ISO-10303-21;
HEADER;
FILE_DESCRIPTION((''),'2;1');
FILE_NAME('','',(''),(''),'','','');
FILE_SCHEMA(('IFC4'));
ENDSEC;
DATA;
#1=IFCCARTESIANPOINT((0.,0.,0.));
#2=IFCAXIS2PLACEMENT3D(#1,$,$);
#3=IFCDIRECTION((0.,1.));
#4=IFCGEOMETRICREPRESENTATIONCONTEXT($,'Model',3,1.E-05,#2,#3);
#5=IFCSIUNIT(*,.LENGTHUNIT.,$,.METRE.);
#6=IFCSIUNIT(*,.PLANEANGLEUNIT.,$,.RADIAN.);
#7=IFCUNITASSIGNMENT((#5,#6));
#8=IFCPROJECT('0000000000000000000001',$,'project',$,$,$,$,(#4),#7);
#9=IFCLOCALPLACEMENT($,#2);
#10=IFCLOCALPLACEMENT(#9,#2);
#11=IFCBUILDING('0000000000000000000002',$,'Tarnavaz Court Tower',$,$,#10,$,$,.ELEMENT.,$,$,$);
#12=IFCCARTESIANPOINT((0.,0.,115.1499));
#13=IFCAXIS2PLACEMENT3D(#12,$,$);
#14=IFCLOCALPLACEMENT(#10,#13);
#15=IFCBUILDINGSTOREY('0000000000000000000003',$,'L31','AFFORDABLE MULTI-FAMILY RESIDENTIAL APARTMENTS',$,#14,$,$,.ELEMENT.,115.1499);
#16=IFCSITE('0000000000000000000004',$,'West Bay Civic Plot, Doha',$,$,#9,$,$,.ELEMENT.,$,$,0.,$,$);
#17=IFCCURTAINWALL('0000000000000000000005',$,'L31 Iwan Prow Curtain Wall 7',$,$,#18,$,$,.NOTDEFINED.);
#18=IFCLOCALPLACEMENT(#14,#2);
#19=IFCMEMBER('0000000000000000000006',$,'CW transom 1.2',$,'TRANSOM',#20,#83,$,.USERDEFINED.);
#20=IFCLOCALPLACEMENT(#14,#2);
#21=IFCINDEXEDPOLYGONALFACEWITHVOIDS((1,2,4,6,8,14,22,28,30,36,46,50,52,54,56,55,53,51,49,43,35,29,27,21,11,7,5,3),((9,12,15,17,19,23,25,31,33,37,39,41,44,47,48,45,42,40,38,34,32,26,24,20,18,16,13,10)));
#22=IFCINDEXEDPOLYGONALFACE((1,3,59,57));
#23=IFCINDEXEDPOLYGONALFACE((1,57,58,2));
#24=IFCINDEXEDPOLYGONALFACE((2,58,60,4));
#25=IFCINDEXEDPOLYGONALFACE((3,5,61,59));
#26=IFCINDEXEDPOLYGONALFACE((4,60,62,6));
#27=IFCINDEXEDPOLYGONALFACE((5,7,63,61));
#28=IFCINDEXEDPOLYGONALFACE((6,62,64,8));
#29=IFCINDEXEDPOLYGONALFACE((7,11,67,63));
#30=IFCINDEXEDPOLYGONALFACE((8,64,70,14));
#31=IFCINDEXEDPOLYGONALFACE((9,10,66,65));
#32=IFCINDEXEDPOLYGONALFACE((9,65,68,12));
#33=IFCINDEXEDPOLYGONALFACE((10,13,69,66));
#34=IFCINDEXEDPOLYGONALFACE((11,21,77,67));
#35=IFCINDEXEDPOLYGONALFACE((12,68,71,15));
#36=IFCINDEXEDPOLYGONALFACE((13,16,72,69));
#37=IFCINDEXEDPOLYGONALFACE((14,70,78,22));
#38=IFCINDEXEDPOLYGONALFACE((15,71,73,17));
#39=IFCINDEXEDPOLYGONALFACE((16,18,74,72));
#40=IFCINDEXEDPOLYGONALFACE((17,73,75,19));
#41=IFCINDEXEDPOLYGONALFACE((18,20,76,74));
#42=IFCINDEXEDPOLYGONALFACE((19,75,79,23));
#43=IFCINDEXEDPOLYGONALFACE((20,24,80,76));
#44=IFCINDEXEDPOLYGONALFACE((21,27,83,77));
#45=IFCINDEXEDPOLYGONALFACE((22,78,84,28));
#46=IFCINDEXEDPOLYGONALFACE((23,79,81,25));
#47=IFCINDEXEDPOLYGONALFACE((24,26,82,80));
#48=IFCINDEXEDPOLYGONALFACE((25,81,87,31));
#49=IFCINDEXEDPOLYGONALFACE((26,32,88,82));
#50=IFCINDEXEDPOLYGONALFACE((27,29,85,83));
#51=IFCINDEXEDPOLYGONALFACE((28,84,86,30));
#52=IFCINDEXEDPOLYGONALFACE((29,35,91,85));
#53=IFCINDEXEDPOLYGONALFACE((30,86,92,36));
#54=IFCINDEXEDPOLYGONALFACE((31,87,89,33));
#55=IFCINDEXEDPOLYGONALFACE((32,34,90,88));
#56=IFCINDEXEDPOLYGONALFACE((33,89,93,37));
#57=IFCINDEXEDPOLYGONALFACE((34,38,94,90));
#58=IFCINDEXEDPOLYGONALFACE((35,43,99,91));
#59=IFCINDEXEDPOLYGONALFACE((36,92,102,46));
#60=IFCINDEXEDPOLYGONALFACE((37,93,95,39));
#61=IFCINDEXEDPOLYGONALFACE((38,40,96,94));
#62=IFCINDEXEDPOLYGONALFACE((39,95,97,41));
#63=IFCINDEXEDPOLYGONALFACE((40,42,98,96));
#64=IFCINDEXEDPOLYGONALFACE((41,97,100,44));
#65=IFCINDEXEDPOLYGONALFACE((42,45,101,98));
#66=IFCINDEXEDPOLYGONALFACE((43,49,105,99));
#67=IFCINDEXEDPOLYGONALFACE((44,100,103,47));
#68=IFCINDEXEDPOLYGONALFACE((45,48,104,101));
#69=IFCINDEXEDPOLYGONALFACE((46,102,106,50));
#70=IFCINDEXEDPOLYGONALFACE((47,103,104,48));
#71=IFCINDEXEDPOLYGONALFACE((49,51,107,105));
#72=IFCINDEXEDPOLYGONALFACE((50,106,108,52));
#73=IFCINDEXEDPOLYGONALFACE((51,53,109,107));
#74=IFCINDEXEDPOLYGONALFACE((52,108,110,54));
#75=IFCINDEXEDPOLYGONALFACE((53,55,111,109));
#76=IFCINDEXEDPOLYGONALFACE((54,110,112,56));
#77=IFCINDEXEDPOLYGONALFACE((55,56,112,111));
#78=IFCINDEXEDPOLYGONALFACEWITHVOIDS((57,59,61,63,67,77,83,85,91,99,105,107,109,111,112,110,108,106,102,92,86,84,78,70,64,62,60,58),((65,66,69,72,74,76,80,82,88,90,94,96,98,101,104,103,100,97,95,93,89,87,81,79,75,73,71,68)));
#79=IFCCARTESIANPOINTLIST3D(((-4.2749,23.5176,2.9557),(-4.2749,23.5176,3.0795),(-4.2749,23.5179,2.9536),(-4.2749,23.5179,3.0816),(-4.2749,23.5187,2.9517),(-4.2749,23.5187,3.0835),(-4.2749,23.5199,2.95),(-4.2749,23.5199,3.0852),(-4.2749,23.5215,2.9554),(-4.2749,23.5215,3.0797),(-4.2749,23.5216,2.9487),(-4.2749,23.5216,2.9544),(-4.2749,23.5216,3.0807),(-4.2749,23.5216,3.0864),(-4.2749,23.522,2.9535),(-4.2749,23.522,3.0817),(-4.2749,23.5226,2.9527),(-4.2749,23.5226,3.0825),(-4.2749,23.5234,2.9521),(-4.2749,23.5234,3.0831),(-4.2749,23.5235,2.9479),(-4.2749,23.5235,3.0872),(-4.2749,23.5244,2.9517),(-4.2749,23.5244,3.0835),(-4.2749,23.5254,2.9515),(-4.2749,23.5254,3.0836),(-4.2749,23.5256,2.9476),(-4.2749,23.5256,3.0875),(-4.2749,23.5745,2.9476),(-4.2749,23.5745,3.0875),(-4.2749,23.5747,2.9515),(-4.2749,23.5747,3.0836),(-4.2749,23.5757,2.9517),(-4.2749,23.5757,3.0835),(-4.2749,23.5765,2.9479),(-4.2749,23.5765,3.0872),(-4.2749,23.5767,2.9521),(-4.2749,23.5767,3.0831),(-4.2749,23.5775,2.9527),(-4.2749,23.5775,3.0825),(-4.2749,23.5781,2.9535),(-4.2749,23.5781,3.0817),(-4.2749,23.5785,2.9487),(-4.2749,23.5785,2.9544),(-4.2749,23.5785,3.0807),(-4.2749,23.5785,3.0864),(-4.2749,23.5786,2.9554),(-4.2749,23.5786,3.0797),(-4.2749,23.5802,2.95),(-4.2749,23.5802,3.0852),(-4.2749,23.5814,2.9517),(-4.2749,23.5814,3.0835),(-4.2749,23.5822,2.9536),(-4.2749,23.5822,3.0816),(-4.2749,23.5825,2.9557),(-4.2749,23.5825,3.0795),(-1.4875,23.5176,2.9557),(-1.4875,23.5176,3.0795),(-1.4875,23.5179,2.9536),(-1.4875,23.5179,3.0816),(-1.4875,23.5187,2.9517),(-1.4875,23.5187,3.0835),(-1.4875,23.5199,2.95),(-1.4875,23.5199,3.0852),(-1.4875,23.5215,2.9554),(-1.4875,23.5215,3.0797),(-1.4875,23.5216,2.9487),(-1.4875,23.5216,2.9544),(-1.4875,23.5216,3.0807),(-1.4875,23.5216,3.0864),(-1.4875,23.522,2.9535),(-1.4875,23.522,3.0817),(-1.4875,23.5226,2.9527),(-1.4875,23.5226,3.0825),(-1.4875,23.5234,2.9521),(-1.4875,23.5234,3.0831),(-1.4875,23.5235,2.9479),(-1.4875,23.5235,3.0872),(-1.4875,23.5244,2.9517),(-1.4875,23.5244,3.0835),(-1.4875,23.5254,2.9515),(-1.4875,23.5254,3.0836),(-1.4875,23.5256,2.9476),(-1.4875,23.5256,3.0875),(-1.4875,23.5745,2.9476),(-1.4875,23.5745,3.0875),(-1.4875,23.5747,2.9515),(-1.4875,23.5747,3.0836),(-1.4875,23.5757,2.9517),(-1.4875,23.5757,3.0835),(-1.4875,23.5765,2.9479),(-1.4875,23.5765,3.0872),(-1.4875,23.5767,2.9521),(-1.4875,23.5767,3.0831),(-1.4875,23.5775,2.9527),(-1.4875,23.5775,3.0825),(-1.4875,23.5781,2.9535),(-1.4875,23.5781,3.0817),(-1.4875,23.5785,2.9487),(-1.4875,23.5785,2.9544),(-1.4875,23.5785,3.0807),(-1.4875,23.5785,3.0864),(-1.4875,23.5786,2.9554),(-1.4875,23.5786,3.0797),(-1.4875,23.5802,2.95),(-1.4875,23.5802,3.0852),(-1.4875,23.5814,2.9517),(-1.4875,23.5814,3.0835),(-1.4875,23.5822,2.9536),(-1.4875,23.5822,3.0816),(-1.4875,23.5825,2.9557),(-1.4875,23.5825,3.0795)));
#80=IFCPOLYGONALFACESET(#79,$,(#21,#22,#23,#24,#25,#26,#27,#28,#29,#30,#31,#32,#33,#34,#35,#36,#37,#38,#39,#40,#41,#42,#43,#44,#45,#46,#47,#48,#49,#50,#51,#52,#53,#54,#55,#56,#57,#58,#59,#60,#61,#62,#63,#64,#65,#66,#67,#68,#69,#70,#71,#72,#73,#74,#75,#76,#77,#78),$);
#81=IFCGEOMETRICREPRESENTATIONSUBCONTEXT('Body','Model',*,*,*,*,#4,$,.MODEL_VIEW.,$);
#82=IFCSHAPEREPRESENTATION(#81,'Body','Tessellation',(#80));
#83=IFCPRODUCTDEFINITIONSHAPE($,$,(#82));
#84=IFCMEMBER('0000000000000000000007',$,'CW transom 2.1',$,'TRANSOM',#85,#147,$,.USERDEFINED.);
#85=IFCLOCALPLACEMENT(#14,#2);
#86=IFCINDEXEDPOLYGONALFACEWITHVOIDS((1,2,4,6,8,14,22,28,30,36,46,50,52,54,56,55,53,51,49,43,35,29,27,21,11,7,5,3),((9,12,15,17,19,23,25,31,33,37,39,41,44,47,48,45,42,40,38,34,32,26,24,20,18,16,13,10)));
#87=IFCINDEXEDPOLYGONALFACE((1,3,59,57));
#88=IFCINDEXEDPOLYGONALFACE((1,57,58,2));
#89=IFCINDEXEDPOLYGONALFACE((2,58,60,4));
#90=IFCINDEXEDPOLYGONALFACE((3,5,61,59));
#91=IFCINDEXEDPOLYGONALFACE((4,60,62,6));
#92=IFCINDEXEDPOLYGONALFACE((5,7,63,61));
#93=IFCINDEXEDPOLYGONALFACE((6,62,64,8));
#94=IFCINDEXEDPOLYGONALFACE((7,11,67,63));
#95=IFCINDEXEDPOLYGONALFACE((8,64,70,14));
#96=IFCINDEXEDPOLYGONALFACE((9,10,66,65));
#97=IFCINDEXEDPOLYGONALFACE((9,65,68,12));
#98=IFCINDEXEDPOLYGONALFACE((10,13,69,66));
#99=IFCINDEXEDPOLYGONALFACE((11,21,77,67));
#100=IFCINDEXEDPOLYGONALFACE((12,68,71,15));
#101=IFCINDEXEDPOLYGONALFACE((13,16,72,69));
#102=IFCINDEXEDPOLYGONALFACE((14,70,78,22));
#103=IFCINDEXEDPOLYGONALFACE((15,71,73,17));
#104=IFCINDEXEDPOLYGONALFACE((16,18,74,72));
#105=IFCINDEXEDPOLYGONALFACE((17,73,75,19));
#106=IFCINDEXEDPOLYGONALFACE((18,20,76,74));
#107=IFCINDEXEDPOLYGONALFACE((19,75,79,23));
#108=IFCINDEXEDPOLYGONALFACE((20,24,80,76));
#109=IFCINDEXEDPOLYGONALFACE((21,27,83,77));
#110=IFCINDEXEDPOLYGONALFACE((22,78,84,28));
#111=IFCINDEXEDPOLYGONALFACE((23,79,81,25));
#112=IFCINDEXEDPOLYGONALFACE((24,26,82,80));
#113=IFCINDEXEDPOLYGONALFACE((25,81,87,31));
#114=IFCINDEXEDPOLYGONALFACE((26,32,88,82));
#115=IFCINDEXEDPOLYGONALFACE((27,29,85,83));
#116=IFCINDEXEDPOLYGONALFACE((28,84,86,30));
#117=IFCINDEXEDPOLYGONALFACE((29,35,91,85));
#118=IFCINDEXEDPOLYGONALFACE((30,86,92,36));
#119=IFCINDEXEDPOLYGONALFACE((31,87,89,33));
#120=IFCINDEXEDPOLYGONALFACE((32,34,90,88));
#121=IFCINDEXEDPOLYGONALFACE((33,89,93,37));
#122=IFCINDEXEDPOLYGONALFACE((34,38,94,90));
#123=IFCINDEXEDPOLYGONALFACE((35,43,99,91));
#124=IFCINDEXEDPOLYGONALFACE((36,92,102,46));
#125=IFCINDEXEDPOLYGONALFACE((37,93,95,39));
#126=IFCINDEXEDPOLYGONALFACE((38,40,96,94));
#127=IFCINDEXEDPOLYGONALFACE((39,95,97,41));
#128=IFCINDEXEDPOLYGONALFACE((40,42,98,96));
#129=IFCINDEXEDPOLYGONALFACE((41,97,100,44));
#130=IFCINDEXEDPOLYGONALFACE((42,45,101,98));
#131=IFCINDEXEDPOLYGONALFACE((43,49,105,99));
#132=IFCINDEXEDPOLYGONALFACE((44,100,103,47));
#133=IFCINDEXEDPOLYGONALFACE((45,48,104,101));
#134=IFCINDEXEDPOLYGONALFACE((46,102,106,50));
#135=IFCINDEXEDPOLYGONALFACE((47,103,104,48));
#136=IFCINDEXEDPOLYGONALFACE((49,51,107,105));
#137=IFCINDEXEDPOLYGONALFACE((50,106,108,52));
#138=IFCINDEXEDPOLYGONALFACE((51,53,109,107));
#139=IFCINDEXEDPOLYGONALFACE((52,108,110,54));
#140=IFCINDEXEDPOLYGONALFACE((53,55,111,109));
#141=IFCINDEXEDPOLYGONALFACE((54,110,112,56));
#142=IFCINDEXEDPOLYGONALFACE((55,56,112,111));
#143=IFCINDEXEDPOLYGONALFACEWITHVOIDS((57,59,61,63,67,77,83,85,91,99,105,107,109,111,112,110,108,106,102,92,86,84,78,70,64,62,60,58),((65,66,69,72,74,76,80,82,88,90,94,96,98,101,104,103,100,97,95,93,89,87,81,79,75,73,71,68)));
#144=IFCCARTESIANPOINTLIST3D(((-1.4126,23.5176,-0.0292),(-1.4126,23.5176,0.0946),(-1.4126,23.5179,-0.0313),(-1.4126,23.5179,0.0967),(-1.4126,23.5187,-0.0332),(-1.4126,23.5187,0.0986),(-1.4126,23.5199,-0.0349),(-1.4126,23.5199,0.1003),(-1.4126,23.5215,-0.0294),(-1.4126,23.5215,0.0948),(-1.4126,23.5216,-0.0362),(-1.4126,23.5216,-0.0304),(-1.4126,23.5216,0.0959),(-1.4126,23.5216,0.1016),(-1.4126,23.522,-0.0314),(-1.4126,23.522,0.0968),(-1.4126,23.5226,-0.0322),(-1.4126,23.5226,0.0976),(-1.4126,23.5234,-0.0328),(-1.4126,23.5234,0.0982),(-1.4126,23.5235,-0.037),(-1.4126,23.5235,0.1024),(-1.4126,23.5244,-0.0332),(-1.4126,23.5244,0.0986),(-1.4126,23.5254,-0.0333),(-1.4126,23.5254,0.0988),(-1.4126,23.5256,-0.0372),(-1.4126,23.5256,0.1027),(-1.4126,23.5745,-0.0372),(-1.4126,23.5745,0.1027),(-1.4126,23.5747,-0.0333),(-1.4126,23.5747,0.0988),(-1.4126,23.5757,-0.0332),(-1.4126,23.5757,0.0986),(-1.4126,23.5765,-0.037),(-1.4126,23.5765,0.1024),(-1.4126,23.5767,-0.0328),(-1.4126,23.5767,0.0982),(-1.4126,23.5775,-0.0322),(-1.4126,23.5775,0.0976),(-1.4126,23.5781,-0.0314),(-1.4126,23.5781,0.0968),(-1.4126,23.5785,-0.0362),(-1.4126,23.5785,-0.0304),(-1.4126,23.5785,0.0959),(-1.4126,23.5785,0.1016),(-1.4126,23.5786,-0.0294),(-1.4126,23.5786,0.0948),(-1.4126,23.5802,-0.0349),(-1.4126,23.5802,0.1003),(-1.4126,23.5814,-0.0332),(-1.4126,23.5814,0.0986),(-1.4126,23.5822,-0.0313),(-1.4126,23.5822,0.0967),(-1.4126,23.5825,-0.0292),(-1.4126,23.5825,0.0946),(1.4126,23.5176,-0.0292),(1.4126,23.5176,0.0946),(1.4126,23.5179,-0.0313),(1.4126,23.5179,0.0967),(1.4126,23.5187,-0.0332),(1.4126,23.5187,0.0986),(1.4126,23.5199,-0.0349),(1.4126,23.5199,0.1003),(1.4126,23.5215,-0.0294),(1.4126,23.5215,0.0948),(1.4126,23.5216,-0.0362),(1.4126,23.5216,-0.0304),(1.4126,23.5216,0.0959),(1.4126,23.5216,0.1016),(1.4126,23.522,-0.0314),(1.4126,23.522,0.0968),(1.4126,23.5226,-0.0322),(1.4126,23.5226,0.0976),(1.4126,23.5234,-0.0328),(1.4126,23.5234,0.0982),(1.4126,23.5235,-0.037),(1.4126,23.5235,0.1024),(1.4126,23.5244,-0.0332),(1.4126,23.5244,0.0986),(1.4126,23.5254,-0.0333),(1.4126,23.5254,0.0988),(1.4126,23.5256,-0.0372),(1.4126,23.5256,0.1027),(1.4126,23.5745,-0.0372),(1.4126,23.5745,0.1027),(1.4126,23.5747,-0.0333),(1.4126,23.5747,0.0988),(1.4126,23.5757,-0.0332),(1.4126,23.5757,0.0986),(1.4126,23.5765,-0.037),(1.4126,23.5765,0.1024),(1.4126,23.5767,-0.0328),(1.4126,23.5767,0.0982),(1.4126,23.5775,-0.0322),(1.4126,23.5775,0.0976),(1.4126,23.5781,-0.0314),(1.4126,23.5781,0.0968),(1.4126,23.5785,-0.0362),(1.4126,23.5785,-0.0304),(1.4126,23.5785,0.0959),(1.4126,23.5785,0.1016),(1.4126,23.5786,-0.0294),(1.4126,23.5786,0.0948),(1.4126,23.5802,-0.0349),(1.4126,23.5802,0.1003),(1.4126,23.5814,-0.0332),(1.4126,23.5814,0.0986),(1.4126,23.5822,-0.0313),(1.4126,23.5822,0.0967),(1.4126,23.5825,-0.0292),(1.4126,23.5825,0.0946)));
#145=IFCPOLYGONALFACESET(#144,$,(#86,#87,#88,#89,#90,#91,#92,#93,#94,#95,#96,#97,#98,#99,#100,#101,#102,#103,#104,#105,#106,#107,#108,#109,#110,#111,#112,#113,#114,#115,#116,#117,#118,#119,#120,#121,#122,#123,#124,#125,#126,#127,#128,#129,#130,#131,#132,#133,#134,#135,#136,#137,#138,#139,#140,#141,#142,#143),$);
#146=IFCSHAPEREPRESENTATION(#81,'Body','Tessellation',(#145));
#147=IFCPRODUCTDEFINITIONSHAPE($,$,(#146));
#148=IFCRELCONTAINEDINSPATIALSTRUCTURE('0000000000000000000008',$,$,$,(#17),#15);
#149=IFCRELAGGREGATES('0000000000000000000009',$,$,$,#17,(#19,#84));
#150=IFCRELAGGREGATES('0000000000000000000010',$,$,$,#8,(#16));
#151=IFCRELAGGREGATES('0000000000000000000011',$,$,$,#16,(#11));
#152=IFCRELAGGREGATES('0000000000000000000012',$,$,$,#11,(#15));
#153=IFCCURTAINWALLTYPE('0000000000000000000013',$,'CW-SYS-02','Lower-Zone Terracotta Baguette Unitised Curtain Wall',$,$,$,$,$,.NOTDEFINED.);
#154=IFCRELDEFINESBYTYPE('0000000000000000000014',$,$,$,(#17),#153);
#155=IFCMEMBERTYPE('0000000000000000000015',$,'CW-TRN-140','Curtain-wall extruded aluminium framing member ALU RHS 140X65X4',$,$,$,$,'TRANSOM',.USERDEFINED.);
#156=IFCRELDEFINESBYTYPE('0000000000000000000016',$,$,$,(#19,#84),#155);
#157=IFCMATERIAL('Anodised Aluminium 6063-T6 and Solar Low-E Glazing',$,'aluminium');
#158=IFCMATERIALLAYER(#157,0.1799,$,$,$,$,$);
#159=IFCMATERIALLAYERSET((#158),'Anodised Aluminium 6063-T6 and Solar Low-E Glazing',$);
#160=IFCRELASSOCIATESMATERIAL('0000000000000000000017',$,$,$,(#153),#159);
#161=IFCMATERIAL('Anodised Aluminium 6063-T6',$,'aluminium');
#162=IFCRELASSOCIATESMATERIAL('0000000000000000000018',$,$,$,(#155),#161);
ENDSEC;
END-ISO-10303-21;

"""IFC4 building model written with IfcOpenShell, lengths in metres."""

from ifc_helpers import new_model, si_unit, direction, frame, origin, origin_2d, place, context, subcontext, project, spatial, hollow_rectangle, extrude, material, layer, layer_set, material_profile, profile_set, type_object, element, aggregate, save


model = new_model("IFC4")

# Units and contexts
model_context = context("Model", 3, precision=1e-05, world=origin(), true_north=direction((0.0, 1.0)))
body_context = subcontext(model_context, "Body", "Model", "MODEL_VIEW")
ifc_project = project(units=[si_unit("LENGTHUNIT", "METRE"), si_unit("PLANEANGLEUNIT", "RADIAN")], contexts=[model_context])

# Site, building, storey
site_placement = place(None, origin())
site = spatial("IfcSite", under=ifc_project, at=site_placement, Name="West Bay Civic Plot, Doha", CompositionType="ELEMENT", RefElevation=0.0)
building_placement = place(site_placement, origin())
building = spatial("IfcBuilding", under=site, at=building_placement, Name="Tarnavaz Court Tower", CompositionType="ELEMENT")
storey_placement = place(building_placement, frame((0.0, 0.0, 115.1499)))
storey = spatial("IfcBuildingStorey", under=building, at=storey_placement, Name="L31", Description="AFFORDABLE MULTI-FAMILY RESIDENTIAL APARTMENTS", CompositionType="ELEMENT", Elevation=115.1499)

# Curtain wall, members
ifc_material_1 = material(Name="Anodised Aluminium 6063-T6 and Solar Low-E Glazing", Category="aluminium")
ifc_layer_1 = layer(ifc_material_1, 0.1799)
ifc_layer_set_1 = layer_set([ifc_layer_1], Name="Anodised Aluminium 6063-T6 and Solar Low-E Glazing")
curtain_wall_type = type_object("IfcCurtainWallType", Name="CW-SYS-02", Description="Lower-Zone Terracotta Baguette Unitised Curtain Wall", PredefinedType="NOTDEFINED", material=ifc_layer_set_1)
curtain_wall_placement = place(storey_placement, origin())
curtain_wall = element("IfcCurtainWall", 1, at=curtain_wall_placement, inside=storey, type_object=curtain_wall_type, Name="L31 Iwan Prow Curtain Wall 7", PredefinedType="NOTDEFINED")
ifc_material_2 = material(Name="Anodised Aluminium 6063-T6", Category="aluminium")
ifc_material_profile_1 = material_profile(ifc_material_2, hollow_rectangle(XDim=0.0649, YDim=0.1399, WallThickness=0.0039, InnerFilletRadius=0.0039, OuterFilletRadius=0.0081, at=origin_2d()), Name="ALU RHS 140X65X4")
ifc_profile_set_1 = profile_set([ifc_material_profile_1], Name="Anodised Aluminium 6063-T6")
member_type_1 = type_object("IfcMemberType", Name="CW-TRN-140", Description="Curtain-wall extruded aluminium framing member ALU RHS 140X65X4", ElementType="TRANSOM", PredefinedType="USERDEFINED", material=ifc_profile_set_1)
member_1_placement = place(storey_placement, frame((-4.2749, 23.55, 3.0176), z_axis=(1.0, 0.0, 0.0), x_axis=(0.0, 1.0, 0.0)))
member_1 = element("IfcMember", 2, at=member_1_placement, type_object=member_type_1, Name="CW transom 1.2", ObjectType="TRANSOM", PredefinedType="USERDEFINED", context=body_context, shape_type="SweptSolid", body=[
    extrude(hollow_rectangle(XDim=0.0649, YDim=0.1399, WallThickness=0.0039, InnerFilletRadius=0.0039, OuterFilletRadius=0.0081, at=origin_2d()), origin(), (0.0, 0.0, 1.0), 2.7874),
])
member_2_placement = place(storey_placement, frame((-1.4126, 23.55, 0.0327), z_axis=(1.0, 0.0, 0.0), x_axis=(0.0, 1.0, 0.0)))
member_2 = element("IfcMember", 3, at=member_2_placement, type_object=member_type_1, Name="CW transom 2.1", ObjectType="TRANSOM", PredefinedType="USERDEFINED", context=body_context, shape_type="SweptSolid", body=[
    extrude(hollow_rectangle(XDim=0.0649, YDim=0.1399, WallThickness=0.0039, InnerFilletRadius=0.0039, OuterFilletRadius=0.0081, at=origin_2d()), origin(), (0.0, 0.0, 1.0), 2.8252),
])
aggregate(curtain_wall, [member_1, member_2])

save(model, "model.ifc")
